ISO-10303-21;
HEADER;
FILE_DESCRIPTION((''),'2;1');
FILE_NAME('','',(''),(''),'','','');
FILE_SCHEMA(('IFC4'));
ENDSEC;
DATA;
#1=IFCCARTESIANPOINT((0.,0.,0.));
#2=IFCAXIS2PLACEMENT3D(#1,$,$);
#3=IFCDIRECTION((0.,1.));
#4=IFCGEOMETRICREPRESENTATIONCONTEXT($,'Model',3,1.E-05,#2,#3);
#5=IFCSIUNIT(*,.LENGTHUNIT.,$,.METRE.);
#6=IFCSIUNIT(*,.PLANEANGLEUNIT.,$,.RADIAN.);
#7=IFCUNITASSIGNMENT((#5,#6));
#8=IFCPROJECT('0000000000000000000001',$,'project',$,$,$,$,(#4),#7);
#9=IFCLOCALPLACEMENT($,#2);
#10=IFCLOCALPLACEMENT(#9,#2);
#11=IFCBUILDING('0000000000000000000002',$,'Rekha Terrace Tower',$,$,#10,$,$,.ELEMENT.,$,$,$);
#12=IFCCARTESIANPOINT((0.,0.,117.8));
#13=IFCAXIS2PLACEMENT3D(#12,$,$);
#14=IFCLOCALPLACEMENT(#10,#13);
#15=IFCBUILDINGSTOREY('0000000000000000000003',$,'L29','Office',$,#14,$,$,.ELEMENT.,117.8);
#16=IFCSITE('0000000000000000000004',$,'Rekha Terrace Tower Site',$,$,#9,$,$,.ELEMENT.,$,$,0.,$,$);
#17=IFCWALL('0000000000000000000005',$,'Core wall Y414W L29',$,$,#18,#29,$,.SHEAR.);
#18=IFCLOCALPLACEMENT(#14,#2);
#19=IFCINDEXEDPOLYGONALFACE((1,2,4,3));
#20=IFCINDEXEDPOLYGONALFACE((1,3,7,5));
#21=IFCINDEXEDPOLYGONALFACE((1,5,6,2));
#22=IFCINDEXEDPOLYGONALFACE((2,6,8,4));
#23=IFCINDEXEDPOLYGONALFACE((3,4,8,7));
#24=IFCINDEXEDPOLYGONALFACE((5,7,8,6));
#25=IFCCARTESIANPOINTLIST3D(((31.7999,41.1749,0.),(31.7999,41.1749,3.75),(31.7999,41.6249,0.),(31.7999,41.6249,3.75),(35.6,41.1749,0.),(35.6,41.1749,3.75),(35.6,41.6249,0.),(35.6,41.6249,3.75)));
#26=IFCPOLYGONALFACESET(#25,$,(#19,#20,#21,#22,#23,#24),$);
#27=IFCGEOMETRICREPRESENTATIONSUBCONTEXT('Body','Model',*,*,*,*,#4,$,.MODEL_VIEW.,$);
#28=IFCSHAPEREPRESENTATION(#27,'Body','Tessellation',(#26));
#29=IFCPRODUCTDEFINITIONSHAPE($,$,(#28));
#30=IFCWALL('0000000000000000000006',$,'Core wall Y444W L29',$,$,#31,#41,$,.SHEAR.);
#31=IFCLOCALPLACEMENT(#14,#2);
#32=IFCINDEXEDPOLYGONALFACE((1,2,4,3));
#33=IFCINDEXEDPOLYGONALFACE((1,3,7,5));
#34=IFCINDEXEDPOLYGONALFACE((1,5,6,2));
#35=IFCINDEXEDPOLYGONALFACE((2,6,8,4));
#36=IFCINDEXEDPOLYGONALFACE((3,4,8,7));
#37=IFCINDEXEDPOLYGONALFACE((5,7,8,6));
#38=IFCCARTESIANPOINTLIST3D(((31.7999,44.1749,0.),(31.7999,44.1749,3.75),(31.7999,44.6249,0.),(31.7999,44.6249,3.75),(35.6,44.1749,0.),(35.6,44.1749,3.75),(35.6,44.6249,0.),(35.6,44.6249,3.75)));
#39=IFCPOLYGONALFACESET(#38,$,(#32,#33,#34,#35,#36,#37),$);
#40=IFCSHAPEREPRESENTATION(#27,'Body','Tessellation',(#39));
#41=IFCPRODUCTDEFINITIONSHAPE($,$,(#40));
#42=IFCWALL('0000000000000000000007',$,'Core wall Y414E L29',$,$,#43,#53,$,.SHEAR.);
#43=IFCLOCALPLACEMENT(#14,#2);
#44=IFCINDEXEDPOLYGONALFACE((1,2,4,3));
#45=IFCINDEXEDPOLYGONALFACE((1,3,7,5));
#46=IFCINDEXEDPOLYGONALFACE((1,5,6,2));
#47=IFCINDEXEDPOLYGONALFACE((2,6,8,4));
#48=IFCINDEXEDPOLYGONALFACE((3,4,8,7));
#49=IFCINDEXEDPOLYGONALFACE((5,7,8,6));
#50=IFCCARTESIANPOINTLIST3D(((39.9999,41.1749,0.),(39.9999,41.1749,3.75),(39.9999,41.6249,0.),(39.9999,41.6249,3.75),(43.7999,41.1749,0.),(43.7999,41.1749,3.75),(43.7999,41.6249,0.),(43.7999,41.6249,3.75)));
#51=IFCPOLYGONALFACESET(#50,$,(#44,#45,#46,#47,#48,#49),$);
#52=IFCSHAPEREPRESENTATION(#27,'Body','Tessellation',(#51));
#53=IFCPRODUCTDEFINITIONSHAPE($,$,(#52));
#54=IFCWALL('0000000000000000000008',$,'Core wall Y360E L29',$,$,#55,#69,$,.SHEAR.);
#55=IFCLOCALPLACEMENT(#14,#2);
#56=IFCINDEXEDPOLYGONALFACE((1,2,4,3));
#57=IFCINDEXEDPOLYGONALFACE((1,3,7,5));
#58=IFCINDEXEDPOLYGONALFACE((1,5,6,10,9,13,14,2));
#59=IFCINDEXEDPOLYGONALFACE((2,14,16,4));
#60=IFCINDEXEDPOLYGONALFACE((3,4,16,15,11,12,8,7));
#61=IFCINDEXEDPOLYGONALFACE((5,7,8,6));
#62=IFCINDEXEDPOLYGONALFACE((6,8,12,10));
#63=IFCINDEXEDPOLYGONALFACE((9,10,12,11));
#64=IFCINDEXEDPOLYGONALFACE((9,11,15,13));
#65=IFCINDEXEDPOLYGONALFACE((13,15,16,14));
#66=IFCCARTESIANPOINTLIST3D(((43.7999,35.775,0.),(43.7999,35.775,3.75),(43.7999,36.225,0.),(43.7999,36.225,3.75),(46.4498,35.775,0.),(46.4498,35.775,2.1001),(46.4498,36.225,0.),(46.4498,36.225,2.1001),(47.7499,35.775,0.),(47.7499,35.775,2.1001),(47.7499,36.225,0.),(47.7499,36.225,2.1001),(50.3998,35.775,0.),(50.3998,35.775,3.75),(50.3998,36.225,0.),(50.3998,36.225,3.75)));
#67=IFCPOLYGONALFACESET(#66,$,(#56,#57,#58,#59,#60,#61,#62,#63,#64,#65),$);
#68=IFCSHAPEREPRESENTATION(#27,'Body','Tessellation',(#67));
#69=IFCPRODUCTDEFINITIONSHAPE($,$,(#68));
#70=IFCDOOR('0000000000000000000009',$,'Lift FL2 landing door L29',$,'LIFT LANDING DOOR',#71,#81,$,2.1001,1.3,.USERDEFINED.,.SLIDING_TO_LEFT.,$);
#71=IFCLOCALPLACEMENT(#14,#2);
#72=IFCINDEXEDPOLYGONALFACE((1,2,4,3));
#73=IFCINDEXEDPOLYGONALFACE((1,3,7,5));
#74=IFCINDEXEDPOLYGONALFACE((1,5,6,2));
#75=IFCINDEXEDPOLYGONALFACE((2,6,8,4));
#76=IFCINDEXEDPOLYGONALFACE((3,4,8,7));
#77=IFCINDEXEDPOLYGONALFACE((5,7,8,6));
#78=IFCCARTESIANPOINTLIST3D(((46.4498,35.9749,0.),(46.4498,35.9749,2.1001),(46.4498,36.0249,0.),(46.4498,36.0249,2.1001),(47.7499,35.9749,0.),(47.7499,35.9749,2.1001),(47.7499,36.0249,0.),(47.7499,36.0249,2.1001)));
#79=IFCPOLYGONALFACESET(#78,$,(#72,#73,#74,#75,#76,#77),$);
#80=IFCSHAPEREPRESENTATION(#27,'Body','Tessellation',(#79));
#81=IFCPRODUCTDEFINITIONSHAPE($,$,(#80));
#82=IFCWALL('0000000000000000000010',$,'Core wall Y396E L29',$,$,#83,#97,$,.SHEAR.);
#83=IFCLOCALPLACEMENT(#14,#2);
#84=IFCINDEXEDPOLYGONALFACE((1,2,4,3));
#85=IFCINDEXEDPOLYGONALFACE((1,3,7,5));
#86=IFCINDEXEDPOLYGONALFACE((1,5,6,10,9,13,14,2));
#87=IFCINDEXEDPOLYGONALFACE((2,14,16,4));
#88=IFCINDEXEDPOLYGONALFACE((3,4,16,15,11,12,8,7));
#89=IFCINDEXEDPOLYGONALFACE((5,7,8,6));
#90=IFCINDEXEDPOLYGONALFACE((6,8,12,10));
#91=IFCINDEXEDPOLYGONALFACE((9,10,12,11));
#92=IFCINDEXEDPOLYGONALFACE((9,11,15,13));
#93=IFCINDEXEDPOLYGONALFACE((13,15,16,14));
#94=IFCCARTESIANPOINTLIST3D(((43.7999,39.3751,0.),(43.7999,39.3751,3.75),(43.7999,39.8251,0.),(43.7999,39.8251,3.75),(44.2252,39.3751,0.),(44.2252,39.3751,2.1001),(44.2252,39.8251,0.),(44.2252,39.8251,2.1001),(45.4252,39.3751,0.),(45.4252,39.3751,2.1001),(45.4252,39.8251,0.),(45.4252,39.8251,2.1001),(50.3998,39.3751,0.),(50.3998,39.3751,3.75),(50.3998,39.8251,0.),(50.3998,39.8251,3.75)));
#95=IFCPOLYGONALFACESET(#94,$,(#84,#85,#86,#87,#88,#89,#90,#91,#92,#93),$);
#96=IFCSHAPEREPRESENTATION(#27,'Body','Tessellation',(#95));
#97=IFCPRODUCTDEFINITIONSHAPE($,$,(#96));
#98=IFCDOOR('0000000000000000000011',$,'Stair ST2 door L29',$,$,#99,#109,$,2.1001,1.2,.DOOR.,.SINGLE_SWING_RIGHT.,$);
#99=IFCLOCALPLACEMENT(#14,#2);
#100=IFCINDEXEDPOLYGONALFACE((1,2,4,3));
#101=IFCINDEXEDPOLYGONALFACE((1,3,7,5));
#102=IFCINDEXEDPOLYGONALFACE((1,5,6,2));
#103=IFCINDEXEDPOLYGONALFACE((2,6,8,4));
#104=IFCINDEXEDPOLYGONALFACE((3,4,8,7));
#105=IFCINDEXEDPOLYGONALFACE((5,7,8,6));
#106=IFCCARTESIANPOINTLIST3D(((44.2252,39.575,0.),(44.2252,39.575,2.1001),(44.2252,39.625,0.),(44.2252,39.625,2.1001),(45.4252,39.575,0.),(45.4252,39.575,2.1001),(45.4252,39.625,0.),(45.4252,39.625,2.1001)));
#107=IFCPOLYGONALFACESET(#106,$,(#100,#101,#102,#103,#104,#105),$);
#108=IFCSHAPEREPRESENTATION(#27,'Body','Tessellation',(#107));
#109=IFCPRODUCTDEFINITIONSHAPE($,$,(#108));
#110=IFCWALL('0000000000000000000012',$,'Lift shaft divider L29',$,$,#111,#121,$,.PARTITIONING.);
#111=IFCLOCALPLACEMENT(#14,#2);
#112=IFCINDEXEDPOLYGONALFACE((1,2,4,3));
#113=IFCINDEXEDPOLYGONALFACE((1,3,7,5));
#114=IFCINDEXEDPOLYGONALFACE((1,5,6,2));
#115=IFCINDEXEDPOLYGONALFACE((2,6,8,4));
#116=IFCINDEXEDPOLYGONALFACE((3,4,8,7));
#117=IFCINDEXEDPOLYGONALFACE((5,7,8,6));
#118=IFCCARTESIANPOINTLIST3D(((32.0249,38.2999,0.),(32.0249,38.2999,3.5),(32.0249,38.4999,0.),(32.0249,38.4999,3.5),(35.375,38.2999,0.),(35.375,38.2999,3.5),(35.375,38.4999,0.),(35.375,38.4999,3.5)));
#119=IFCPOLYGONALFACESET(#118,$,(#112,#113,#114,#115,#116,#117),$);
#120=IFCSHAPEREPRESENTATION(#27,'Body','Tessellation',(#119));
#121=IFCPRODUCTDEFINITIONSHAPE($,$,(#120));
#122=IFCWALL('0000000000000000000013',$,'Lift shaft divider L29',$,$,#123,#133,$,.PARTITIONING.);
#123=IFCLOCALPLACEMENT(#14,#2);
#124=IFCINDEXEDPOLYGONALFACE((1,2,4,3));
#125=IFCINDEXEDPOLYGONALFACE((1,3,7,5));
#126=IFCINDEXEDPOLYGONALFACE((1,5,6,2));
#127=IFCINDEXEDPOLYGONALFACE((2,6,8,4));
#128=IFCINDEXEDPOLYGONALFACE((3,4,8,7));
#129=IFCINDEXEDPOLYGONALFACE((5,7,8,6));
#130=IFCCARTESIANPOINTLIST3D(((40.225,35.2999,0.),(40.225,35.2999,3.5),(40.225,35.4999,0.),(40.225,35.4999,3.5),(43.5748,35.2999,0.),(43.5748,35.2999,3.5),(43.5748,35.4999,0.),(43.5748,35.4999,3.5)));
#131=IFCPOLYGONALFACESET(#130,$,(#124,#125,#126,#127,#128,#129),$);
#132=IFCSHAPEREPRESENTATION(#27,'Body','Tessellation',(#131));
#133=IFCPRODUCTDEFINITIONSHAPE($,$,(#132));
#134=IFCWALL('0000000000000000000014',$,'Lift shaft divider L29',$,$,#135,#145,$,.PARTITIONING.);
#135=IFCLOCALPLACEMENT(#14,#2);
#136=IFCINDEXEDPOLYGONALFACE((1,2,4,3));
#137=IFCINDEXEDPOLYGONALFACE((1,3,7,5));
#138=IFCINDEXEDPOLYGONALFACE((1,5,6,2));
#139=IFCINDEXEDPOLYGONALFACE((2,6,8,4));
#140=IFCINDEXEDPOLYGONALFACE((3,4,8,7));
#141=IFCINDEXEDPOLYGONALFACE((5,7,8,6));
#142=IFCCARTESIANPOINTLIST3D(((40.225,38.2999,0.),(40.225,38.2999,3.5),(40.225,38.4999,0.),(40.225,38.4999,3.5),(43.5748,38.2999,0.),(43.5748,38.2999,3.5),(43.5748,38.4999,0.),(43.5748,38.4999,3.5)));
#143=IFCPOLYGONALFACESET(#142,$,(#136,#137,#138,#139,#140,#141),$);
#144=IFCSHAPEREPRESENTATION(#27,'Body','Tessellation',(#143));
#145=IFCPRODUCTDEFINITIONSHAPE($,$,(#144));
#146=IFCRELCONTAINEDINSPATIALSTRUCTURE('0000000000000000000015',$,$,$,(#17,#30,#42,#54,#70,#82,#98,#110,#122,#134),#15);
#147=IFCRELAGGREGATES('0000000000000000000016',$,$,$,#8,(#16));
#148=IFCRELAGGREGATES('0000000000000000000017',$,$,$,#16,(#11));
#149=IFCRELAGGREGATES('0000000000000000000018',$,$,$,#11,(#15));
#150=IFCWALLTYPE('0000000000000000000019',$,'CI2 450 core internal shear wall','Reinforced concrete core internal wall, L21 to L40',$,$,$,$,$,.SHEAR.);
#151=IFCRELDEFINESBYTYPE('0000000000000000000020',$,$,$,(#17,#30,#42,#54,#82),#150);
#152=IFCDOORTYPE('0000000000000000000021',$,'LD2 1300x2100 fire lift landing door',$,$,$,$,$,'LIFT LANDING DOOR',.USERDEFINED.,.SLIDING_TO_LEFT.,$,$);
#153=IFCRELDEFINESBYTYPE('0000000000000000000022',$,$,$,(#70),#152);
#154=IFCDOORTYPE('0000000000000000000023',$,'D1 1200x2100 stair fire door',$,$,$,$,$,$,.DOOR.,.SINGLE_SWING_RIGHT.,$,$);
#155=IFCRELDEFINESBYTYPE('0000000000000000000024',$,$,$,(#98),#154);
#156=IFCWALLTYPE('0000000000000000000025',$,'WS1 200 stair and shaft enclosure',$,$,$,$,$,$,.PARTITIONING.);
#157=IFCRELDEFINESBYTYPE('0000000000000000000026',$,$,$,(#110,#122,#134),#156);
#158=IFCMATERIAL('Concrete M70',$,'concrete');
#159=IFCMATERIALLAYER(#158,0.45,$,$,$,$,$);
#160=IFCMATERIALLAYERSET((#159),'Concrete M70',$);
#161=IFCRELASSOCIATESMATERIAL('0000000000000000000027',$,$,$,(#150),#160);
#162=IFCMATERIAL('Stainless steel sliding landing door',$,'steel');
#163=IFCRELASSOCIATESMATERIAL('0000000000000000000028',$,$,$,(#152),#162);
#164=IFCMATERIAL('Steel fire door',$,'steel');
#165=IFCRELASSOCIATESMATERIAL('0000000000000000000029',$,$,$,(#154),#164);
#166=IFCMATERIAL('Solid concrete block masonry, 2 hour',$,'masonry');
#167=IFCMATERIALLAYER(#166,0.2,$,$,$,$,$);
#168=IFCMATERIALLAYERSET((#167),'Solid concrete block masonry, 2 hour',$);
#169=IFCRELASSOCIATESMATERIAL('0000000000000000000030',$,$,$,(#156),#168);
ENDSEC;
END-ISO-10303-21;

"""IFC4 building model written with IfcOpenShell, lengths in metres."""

from ifc_helpers import new_model, si_unit, direction, frame, frame_2d, origin, place, context, subcontext, project, spatial, rectangle, extrude, material, layer, layer_set, type_object, element, fill, save


model = new_model("IFC4")

# Units and contexts
model_context = context("Model", 3, precision=1e-05, world=origin(), true_north=direction((0.0, 1.0)))
body_context = subcontext(model_context, "Body", "Model", "MODEL_VIEW")
ifc_project = project(units=[si_unit("LENGTHUNIT", "METRE"), si_unit("PLANEANGLEUNIT", "RADIAN")], contexts=[model_context])

# Site, building, storey
site_placement = place(None, origin())
site = spatial("IfcSite", under=ifc_project, at=site_placement, Name="Rekha Terrace Tower Site", CompositionType="ELEMENT", RefElevation=0.0)
building_placement = place(site_placement, origin())
building = spatial("IfcBuilding", under=site, at=building_placement, Name="Rekha Terrace Tower", CompositionType="ELEMENT")
storey_placement = place(building_placement, frame((0.0, 0.0, 117.8)))
storey = spatial("IfcBuildingStorey", under=building, at=storey_placement, Name="L29", Description="Office", CompositionType="ELEMENT", Elevation=117.8)

# Walls
ifc_material_1 = material(Name="Concrete M70", Category="concrete")
ifc_layer_1 = layer(ifc_material_1, 0.45)
ifc_layer_set_1 = layer_set([ifc_layer_1], Name="Concrete M70")
wall_type_1 = type_object("IfcWallType", Name="CI2 450 core internal shear wall", Description="Reinforced concrete core internal wall, L21 to L40", PredefinedType="SHEAR", material=ifc_layer_set_1)
for number, where, z_axis, x_axis, name in (
    (1, (31.8, 41.3999, 0.0), (0.0, 0.0, 1.0), (1.0, 0.0, 0.0), "Core wall Y414W L29"),
    (2, (31.8, 44.3999, 0.0), (0.0, 0.0, 1.0), (1.0, 0.0, 0.0), "Core wall Y444W L29"),
    (3, (40.0, 41.3999, 0.0), (0.0, 0.0, 1.0), (1.0, 0.0, 0.0), "Core wall Y414E L29"),
):
    element("IfcWall", number, at=place(storey_placement, frame(where, z_axis=z_axis, x_axis=x_axis)), inside=storey, type_object=wall_type_1, Name=name, PredefinedType="SHEAR", context=body_context, shape_type="SweptSolid", body=[
        extrude(rectangle(XDim=3.8, YDim=0.45, at=frame_2d((1.8999, 0.0))), origin(), (0.0, 0.0, 1.0), 3.75),
    ])

# Walls, openings, doors
wall_1_placement = place(storey_placement, frame((43.8, 36.0, 0.0), z_axis=(0.0, 0.0, 1.0), x_axis=(1.0, 0.0, 0.0)))
wall_1 = element("IfcWall", 4, at=wall_1_placement, inside=storey, type_object=wall_type_1, Name="Core wall Y360E L29", PredefinedType="SHEAR", context=body_context, shape_type="SweptSolid", body=[
    extrude(rectangle(XDim=6.5999, YDim=0.45, at=frame_2d((3.2998, 0.0))), origin(), (0.0, 0.0, 1.0), 3.75),
])
opening_1_placement = place(wall_1_placement, frame((2.6499, 0.0, 0.0)))
opening_1 = element("IfcOpeningElement", 5, at=opening_1_placement, cuts=wall_1, PredefinedType="OPENING", context=body_context, shape_type="SweptSolid", body=[
    extrude(rectangle(XDim=1.3, YDim=2.1001, at=frame_2d((0.6499, 1.05))), frame((0.0, 0.2349, 0.0), z_axis=(0.0, -1.0, 0.0), x_axis=(1.0, 0.0, 0.0)), (0.0, 0.0, 1.0), 0.47),
])
ifc_material_2 = material(Name="Stainless steel sliding landing door", Category="steel")
door_type_1 = type_object("IfcDoorType", Name="LD2 1300x2100 fire lift landing door", ElementType="LIFT LANDING DOOR", OperationType="SLIDING_TO_LEFT", PredefinedType="USERDEFINED", material=ifc_material_2)
door_1_placement = place(opening_1_placement, origin())
door_1 = element("IfcDoor", 6, at=door_1_placement, inside=storey, type_object=door_type_1, Name="Lift FL2 landing door L29", ObjectType="LIFT LANDING DOOR", OperationType="SLIDING_TO_LEFT", OverallHeight=2.1001, OverallWidth=1.3, PredefinedType="USERDEFINED", context=body_context, shape_type="SweptSolid", body=[
    extrude(rectangle(XDim=1.3, YDim=2.1001, at=frame_2d((0.6499, 1.05))), frame((0.0, 0.0249, 0.0), z_axis=(0.0, -1.0, 0.0), x_axis=(1.0, 0.0, 0.0)), (0.0, 0.0, 1.0), 0.05),
])
fill(opening_1, door_1)
wall_2_placement = place(storey_placement, frame((43.8, 39.6001, 0.0), z_axis=(0.0, 0.0, 1.0), x_axis=(1.0, 0.0, 0.0)))
wall_2 = element("IfcWall", 7, at=wall_2_placement, inside=storey, type_object=wall_type_1, Name="Core wall Y396E L29", PredefinedType="SHEAR", context=body_context, shape_type="SweptSolid", body=[
    extrude(rectangle(XDim=6.5999, YDim=0.45, at=frame_2d((3.2998, 0.0))), origin(), (0.0, 0.0, 1.0), 3.75),
])
opening_2_placement = place(wall_2_placement, frame((0.425, 0.0, 0.0)))
opening_2 = element("IfcOpeningElement", 8, at=opening_2_placement, cuts=wall_2, PredefinedType="OPENING", context=body_context, shape_type="SweptSolid", body=[
    extrude(rectangle(XDim=1.2, YDim=2.1001, at=frame_2d((0.6001, 1.05))), frame((0.0, 0.2349, 0.0), z_axis=(0.0, -1.0, 0.0), x_axis=(1.0, 0.0, 0.0)), (0.0, 0.0, 1.0), 0.47),
])
ifc_material_3 = material(Name="Steel fire door", Category="steel")
door_type_2 = type_object("IfcDoorType", Name="D1 1200x2100 stair fire door", OperationType="SINGLE_SWING_RIGHT", PredefinedType="DOOR", material=ifc_material_3)
door_2_placement = place(opening_2_placement, origin())
door_2 = element("IfcDoor", 9, at=door_2_placement, inside=storey, type_object=door_type_2, Name="Stair ST2 door L29", OperationType="SINGLE_SWING_RIGHT", OverallHeight=2.1001, OverallWidth=1.2, PredefinedType="DOOR", context=body_context, shape_type="SweptSolid", body=[
    extrude(rectangle(XDim=1.2, YDim=2.1001, at=frame_2d((0.6001, 1.05))), frame((0.0, 0.0249, 0.0), z_axis=(0.0, -1.0, 0.0), x_axis=(1.0, 0.0, 0.0)), (0.0, 0.0, 1.0), 0.05),
])
fill(opening_2, door_2)

# Walls
ifc_material_4 = material(Name="Solid concrete block masonry, 2 hour", Category="masonry")
ifc_layer_2 = layer(ifc_material_4, 0.2)
ifc_layer_set_2 = layer_set([ifc_layer_2], Name="Solid concrete block masonry, 2 hour")
wall_type_2 = type_object("IfcWallType", Name="WS1 200 stair and shaft enclosure", PredefinedType="PARTITIONING", material=ifc_layer_set_2)
wall_3_placement = place(storey_placement, frame((32.0249, 38.3999, 0.0), z_axis=(0.0, 0.0, 1.0), x_axis=(1.0, 0.0, 0.0)))
element("IfcWall", 10, at=wall_3_placement, inside=storey, type_object=wall_type_2, Name="Lift shaft divider L29", PredefinedType="PARTITIONING", context=body_context, shape_type="SweptSolid", body=[
    extrude(rectangle(XDim=3.3501, YDim=0.2, at=frame_2d((1.675, 0.0))), origin(), (0.0, 0.0, 1.0), 3.5),
])
for number, where, z_axis, x_axis, name in (
    (11, (40.2251, 35.3999, 0.0), (0.0, 0.0, 1.0), (1.0, 0.0, 0.0), "Lift shaft divider L29"),
    (12, (40.2251, 38.3999, 0.0), (0.0, 0.0, 1.0), (1.0, 0.0, 0.0), "Lift shaft divider L29"),
):
    element("IfcWall", number, at=place(storey_placement, frame(where, z_axis=z_axis, x_axis=x_axis)), inside=storey, type_object=wall_type_2, Name=name, PredefinedType="PARTITIONING", context=body_context, shape_type="SweptSolid", body=[
        extrude(rectangle(XDim=3.3499, YDim=0.2, at=frame_2d((1.6748, 0.0))), origin(), (0.0, 0.0, 1.0), 3.5),
    ])

save(model, "model.ifc")
